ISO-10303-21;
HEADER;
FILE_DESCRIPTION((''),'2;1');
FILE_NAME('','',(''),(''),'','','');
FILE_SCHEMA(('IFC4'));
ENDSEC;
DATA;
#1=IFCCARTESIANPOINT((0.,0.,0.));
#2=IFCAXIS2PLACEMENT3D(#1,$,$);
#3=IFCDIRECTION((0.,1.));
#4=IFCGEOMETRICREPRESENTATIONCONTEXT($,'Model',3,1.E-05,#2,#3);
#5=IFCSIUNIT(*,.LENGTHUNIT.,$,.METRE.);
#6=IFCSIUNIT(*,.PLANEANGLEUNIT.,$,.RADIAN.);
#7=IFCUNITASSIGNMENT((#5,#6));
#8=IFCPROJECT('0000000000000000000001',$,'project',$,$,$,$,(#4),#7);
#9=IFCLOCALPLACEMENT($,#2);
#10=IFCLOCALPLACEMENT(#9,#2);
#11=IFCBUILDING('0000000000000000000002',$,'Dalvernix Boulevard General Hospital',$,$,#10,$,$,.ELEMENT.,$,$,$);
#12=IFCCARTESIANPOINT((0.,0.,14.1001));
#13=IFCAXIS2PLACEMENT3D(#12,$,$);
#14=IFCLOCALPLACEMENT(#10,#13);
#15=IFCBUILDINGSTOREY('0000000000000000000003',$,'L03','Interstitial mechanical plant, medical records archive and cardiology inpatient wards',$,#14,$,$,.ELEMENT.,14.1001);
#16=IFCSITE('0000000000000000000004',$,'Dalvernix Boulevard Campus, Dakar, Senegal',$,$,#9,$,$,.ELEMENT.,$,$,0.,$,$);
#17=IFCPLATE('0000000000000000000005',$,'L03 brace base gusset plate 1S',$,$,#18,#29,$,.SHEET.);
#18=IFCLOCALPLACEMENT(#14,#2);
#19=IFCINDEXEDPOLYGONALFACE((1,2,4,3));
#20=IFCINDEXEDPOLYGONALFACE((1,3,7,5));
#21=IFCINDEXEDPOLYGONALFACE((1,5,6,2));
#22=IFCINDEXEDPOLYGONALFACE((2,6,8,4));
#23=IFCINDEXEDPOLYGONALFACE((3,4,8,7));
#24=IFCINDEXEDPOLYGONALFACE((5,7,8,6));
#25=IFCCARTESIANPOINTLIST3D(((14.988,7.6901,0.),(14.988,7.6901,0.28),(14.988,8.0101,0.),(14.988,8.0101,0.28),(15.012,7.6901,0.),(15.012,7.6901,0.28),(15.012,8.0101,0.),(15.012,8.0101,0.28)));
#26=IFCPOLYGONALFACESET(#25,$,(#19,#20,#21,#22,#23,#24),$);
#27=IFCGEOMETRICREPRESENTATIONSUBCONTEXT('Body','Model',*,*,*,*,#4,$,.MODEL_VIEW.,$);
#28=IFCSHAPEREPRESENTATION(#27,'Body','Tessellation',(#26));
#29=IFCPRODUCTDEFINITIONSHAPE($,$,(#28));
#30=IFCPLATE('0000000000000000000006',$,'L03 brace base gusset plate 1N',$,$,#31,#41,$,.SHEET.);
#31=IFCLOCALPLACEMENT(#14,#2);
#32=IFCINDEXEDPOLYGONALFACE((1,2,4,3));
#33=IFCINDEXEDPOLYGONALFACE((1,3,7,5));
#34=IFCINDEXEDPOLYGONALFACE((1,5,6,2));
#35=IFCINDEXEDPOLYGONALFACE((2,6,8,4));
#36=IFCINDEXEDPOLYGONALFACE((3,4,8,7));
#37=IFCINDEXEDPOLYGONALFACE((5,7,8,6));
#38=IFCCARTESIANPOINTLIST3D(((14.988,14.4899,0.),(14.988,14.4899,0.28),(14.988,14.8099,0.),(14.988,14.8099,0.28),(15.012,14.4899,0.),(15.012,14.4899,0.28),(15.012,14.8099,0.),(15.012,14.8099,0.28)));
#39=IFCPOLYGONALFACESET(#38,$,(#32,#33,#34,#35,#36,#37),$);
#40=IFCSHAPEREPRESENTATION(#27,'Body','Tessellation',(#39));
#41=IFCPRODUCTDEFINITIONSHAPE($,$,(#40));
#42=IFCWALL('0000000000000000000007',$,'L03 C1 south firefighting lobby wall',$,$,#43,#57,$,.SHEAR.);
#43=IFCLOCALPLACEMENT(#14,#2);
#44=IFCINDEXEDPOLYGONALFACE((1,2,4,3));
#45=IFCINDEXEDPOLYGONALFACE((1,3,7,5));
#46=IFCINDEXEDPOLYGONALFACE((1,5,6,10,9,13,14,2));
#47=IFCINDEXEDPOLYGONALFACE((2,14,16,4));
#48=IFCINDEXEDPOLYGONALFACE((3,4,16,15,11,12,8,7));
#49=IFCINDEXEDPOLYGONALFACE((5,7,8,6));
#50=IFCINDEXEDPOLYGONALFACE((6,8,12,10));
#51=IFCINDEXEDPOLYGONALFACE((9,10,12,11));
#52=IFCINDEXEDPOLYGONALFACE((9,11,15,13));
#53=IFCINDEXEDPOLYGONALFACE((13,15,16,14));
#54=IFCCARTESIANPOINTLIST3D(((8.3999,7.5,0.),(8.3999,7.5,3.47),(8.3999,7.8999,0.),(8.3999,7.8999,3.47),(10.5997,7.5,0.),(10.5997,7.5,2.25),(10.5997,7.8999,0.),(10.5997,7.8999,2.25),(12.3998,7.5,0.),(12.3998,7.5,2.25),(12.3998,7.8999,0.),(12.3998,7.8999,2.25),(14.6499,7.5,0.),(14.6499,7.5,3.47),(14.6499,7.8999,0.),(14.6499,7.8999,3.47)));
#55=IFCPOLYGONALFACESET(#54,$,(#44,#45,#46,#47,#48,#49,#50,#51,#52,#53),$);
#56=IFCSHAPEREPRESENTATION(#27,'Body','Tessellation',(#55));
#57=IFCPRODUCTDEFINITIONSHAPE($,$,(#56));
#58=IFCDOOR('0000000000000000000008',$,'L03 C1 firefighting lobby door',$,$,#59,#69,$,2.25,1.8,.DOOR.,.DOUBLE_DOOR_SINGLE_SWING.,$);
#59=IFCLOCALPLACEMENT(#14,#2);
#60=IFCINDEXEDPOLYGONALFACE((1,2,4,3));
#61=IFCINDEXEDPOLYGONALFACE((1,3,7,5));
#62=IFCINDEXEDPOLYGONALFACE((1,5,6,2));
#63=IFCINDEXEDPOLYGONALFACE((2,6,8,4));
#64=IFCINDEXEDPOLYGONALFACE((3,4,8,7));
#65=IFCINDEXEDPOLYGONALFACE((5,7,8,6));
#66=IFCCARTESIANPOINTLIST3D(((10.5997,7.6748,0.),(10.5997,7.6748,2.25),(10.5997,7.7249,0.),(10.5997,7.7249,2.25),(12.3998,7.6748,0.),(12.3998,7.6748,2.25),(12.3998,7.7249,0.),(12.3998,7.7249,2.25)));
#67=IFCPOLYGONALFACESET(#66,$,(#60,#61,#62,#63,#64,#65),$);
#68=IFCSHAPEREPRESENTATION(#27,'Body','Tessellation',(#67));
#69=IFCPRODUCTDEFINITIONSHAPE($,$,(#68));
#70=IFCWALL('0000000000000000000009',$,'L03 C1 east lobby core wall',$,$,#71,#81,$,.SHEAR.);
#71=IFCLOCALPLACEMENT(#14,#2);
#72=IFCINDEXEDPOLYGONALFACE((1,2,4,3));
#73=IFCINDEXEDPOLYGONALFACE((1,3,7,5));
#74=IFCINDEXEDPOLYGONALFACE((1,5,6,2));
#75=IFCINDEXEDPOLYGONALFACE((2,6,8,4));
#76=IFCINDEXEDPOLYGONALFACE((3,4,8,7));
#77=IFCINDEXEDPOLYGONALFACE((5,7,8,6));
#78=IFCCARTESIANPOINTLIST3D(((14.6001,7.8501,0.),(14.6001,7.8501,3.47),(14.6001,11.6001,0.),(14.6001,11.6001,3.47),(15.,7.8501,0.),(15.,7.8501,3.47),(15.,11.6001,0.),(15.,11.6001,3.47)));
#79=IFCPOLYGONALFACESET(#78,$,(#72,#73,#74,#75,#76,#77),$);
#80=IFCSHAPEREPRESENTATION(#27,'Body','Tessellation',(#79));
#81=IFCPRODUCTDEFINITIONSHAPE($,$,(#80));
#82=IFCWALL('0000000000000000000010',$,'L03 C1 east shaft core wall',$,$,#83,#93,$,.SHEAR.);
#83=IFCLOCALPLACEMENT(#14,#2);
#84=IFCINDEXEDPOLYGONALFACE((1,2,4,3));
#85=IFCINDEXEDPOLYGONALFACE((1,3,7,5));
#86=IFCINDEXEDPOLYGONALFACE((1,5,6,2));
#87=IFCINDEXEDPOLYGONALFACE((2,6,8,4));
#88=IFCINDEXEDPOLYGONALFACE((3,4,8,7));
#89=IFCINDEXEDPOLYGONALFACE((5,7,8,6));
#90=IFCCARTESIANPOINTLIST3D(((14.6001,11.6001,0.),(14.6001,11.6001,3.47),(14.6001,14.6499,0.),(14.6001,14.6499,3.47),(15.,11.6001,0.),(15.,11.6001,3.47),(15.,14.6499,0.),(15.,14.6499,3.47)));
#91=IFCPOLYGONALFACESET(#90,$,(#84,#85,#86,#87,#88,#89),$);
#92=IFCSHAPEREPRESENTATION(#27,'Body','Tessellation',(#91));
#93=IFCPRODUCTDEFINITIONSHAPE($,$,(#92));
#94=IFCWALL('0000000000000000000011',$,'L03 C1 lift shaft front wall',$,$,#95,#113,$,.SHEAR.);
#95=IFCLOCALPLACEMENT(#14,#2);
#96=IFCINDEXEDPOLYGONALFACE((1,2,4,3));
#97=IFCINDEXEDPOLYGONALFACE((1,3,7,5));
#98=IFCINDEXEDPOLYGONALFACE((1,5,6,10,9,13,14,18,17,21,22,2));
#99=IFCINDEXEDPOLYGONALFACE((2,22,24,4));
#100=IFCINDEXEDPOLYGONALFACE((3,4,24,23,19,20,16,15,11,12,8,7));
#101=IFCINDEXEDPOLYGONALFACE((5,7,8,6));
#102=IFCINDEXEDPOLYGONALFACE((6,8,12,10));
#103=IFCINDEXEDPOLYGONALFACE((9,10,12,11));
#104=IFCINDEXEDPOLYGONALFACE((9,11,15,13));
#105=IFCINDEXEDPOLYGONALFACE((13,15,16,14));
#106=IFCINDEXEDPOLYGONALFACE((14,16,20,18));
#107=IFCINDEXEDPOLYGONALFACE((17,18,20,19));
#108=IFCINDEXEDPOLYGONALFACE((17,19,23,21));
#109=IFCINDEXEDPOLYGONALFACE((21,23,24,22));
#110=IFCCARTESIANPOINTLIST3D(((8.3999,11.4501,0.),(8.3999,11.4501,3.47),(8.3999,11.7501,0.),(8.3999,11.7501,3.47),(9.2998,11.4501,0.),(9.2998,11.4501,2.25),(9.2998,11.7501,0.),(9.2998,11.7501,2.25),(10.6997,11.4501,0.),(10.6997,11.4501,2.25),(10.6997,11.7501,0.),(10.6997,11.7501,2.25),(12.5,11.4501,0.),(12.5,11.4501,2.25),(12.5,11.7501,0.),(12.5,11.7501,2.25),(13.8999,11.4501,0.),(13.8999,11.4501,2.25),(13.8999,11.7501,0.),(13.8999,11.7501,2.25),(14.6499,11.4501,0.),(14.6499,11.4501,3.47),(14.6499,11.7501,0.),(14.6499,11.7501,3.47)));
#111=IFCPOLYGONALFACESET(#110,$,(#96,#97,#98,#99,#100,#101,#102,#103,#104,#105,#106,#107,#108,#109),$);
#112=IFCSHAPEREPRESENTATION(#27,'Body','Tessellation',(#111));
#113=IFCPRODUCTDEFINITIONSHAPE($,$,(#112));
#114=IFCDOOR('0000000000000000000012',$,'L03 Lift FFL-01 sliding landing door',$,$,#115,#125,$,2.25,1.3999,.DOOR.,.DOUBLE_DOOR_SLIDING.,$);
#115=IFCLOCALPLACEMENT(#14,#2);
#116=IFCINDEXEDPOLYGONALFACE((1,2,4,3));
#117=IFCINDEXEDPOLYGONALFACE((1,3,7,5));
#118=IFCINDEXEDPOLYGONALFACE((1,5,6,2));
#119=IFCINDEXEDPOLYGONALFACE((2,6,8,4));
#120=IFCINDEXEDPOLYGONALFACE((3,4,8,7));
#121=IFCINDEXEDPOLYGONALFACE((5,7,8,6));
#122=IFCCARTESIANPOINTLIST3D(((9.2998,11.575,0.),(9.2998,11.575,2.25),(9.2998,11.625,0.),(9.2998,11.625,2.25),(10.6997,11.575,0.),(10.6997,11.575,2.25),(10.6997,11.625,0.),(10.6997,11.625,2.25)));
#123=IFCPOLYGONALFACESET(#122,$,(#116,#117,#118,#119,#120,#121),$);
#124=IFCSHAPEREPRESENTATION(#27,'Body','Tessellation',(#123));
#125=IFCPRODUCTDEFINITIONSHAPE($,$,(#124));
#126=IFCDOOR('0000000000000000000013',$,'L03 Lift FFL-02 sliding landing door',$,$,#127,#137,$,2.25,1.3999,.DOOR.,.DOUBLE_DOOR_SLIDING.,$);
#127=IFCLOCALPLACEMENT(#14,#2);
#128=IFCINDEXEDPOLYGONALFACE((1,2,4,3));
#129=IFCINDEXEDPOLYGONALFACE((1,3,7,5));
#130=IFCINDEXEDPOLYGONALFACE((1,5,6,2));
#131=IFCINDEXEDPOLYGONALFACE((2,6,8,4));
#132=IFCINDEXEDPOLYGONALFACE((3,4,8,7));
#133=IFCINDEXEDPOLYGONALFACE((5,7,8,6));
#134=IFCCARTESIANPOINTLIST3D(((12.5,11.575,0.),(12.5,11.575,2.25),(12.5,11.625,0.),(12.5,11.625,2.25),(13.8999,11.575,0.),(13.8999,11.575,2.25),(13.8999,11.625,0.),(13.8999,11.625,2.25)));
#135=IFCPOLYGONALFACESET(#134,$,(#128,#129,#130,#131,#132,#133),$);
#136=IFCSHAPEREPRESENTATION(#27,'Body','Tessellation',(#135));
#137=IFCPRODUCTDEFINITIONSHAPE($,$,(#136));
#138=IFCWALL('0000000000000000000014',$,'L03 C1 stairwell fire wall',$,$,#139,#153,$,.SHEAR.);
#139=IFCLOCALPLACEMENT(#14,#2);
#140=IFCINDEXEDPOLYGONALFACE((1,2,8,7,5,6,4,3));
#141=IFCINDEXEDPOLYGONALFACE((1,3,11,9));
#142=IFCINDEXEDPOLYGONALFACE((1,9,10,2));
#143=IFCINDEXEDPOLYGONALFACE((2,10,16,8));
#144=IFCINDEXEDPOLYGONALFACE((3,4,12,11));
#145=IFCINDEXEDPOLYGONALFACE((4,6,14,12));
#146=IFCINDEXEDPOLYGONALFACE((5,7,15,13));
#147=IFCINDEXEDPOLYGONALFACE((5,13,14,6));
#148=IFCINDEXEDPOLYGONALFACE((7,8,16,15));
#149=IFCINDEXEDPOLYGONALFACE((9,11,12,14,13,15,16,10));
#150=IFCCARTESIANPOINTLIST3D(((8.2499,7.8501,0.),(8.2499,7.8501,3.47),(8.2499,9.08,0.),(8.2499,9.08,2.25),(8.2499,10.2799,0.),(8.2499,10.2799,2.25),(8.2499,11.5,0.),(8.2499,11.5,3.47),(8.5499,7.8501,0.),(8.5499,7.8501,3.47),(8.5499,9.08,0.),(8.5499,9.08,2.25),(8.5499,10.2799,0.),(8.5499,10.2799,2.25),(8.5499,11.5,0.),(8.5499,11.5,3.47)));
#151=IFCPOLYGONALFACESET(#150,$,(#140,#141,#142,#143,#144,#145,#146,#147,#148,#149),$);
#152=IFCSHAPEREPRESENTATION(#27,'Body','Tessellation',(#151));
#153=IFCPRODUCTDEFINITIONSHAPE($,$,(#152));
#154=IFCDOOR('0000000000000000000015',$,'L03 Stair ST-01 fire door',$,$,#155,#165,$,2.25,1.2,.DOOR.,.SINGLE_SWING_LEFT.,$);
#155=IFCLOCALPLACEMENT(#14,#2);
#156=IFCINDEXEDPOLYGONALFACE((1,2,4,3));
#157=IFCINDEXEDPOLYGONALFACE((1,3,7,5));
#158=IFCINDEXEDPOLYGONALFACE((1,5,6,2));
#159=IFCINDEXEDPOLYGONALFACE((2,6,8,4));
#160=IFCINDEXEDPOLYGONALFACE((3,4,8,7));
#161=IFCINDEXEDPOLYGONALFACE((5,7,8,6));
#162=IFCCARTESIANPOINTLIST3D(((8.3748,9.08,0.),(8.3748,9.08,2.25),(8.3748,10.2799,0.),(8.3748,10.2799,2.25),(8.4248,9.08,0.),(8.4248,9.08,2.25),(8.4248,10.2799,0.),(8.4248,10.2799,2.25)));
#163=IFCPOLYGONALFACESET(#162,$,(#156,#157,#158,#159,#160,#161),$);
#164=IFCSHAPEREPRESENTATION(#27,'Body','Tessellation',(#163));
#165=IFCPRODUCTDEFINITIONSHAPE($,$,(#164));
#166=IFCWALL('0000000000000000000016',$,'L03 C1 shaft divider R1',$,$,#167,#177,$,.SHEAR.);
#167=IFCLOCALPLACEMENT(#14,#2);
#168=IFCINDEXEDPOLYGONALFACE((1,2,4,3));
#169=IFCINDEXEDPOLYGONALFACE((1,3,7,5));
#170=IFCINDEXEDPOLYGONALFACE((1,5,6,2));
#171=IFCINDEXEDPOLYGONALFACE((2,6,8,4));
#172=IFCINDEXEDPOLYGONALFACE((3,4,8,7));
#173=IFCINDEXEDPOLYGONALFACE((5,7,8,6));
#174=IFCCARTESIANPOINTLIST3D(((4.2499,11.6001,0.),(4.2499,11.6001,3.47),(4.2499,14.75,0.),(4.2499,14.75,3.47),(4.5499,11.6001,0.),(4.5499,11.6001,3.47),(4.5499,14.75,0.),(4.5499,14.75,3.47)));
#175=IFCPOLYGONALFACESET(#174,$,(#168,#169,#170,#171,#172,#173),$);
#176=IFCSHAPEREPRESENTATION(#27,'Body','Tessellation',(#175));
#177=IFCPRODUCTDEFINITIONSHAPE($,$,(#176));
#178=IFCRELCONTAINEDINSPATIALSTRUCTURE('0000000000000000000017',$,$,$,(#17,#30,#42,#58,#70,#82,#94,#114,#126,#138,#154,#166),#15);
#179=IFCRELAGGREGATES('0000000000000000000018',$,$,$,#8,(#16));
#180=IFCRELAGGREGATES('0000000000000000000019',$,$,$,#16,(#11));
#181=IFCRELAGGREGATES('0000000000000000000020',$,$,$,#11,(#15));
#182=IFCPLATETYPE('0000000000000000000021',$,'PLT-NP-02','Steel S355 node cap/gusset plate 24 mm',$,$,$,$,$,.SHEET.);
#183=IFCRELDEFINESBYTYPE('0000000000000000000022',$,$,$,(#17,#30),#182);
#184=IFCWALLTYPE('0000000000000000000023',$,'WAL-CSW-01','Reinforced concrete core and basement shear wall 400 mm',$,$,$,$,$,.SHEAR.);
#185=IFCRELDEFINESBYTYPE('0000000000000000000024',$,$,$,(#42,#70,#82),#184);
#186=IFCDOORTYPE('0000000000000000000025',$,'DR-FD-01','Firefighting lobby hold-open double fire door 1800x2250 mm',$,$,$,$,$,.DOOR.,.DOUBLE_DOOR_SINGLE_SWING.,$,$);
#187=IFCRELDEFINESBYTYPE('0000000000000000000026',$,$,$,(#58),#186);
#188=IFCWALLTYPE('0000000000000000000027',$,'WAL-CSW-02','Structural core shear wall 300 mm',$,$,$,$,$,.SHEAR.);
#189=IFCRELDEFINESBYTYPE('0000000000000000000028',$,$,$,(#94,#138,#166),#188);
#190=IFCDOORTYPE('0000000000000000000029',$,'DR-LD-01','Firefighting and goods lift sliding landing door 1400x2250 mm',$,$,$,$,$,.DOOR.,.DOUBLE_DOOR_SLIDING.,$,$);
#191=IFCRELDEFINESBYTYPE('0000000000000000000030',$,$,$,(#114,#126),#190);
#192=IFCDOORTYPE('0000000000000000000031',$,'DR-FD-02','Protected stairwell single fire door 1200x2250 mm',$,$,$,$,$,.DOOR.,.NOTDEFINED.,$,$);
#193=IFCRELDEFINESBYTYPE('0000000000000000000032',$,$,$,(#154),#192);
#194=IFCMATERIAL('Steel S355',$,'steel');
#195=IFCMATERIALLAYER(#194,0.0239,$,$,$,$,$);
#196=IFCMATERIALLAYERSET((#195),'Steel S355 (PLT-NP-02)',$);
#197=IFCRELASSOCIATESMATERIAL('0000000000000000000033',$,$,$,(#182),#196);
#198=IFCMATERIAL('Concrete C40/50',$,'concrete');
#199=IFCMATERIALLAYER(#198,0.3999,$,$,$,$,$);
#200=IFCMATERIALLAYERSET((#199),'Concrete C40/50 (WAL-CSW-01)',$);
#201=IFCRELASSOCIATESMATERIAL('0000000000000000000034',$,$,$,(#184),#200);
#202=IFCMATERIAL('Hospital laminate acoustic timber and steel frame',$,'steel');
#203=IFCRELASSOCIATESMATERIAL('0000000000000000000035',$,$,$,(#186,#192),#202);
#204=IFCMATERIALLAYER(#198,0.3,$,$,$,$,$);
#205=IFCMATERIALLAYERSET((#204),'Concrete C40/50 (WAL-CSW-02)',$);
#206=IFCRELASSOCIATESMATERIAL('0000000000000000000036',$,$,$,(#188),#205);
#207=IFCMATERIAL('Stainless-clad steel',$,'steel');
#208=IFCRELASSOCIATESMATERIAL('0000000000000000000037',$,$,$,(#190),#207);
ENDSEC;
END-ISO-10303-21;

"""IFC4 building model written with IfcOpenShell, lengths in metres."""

from ifc_helpers import new_model, si_unit, direction, frame, frame_2d, origin, origin_2d, place, context, subcontext, project, spatial, rectangle, extrude, material, layer, layer_set, type_object, element, fill, save


model = new_model("IFC4")

# Units and contexts
model_context = context("Model", 3, precision=1e-05, world=origin(), true_north=direction((0.0, 1.0)))
body_context = subcontext(model_context, "Body", "Model", "MODEL_VIEW")
ifc_project = project(units=[si_unit("LENGTHUNIT", "METRE"), si_unit("PLANEANGLEUNIT", "RADIAN")], contexts=[model_context])

# Site, building, storey
site_placement = place(None, origin())
site = spatial("IfcSite", under=ifc_project, at=site_placement, Name="Dalvernix Boulevard Campus, Dakar, Senegal", CompositionType="ELEMENT", RefElevation=0.0)
building_placement = place(site_placement, origin())
building = spatial("IfcBuilding", under=site, at=building_placement, Name="Dalvernix Boulevard General Hospital", CompositionType="ELEMENT")
storey_placement = place(building_placement, frame((0.0, 0.0, 14.1001)))
storey = spatial("IfcBuildingStorey", under=building, at=storey_placement, Name="L03", Description="Interstitial mechanical plant, medical records archive and cardiology inpatient wards", CompositionType="ELEMENT", Elevation=14.1001)

# Shared definitions
ifc_material_1 = material(Name="Concrete C40/50", Category="concrete")

# Shared definitions
ifc_material_2 = material(Name="Steel S355", Category="steel")

# Plates
ifc_layer_1 = layer(ifc_material_2, 0.0239)
ifc_layer_set_1 = layer_set([ifc_layer_1], Name="Steel S355 (PLT-NP-02)")
plate_type = type_object("IfcPlateType", Name="PLT-NP-02", Description="Steel S355 node cap/gusset plate 24 mm", PredefinedType="SHEET", material=ifc_layer_set_1)
for number, where, z_axis, x_axis, name in (
    (1, (15.0, 7.8501, 0.0), (0.0, 0.0, 1.0), (0.0, 1.0, 0.0), "L03 brace base gusset plate 1S"),
    (2, (15.0, 14.6499, 0.0), (0.0, 0.0, 1.0), (0.0, 1.0, 0.0), "L03 brace base gusset plate 1N"),
):
    element("IfcPlate", number, at=place(storey_placement, frame(where, z_axis=z_axis, x_axis=x_axis)), inside=storey, type_object=plate_type, Name=name, PredefinedType="SHEET", context=body_context, shape_type="SweptSolid", body=[
        extrude(rectangle(XDim=0.3201, YDim=0.0239, at=origin_2d()), origin(), (0.0, 0.0, 1.0), 0.28),
    ])

# Wall, opening, door
ifc_layer_2 = layer(ifc_material_1, 0.3999)
ifc_layer_set_2 = layer_set([ifc_layer_2], Name="Concrete C40/50 (WAL-CSW-01)")
wall_type_1 = type_object("IfcWallType", Name="WAL-CSW-01", Description="Reinforced concrete core and basement shear wall 400 mm", PredefinedType="SHEAR", material=ifc_layer_set_2)
wall_1_placement = place(storey_placement, frame((8.3999, 7.7, 0.0), z_axis=(0.0, 0.0, 1.0), x_axis=(1.0, 0.0, 0.0)))
wall_1 = element("IfcWall", 3, at=wall_1_placement, inside=storey, type_object=wall_type_1, Name="L03 C1 south firefighting lobby wall", PredefinedType="SHEAR", context=body_context, shape_type="SweptSolid", body=[
    extrude(rectangle(XDim=6.25, YDim=0.3999, at=frame_2d((3.125, 0.0))), origin(), (0.0, 0.0, 1.0), 3.47),
])
opening_1_placement = place(wall_1_placement, frame((2.2, 0.0, 0.0)))
opening_1 = element("IfcOpeningElement", 4, at=opening_1_placement, cuts=wall_1, PredefinedType="OPENING", context=body_context, shape_type="SweptSolid", body=[
    extrude(rectangle(XDim=1.8, YDim=2.25, at=frame_2d((0.8999, 1.125))), frame((0.0, 0.21, 0.0), z_axis=(0.0, -1.0, 0.0), x_axis=(1.0, 0.0, 0.0)), (0.0, 0.0, 1.0), 0.4199),
])
ifc_material_3 = material(Name="Hospital laminate acoustic timber and steel frame", Category="steel")
door_type_1 = type_object("IfcDoorType", Name="DR-FD-01", Description="Firefighting lobby hold-open double fire door 1800x2250 mm", OperationType="DOUBLE_DOOR_SINGLE_SWING", PredefinedType="DOOR", material=ifc_material_3)
door_1_placement = place(opening_1_placement, origin())
door_1 = element("IfcDoor", 5, at=door_1_placement, inside=storey, type_object=door_type_1, Name="L03 C1 firefighting lobby door", OperationType="DOUBLE_DOOR_SINGLE_SWING", OverallHeight=2.25, OverallWidth=1.8, PredefinedType="DOOR", context=body_context, shape_type="SweptSolid", body=[
    extrude(rectangle(XDim=1.8, YDim=2.25, at=frame_2d((0.8999, 1.125))), frame((0.0, 0.0249, 0.0), z_axis=(0.0, -1.0, 0.0), x_axis=(1.0, 0.0, 0.0)), (0.0, 0.0, 1.0), 0.05),
])
fill(opening_1, door_1)

# Walls
wall_2_placement = place(storey_placement, frame((14.8, 7.8501, 0.0), z_axis=(0.0, 0.0, 1.0), x_axis=(0.0, 1.0, 0.0)))
element("IfcWall", 6, at=wall_2_placement, inside=storey, type_object=wall_type_1, Name="L03 C1 east lobby core wall", PredefinedType="SHEAR", context=body_context, shape_type="SweptSolid", body=[
    extrude(rectangle(XDim=3.75, YDim=0.3999, at=frame_2d((1.875, 0.0))), origin(), (0.0, 0.0, 1.0), 3.47),
])
wall_3_placement = place(storey_placement, frame((14.8, 11.6001, 0.0), z_axis=(0.0, 0.0, 1.0), x_axis=(0.0, 1.0, 0.0)))
element("IfcWall", 7, at=wall_3_placement, inside=storey, type_object=wall_type_1, Name="L03 C1 east shaft core wall", PredefinedType="SHEAR", context=body_context, shape_type="SweptSolid", body=[
    extrude(rectangle(XDim=3.0498, YDim=0.3999, at=frame_2d((1.5249, 0.0))), origin(), (0.0, 0.0, 1.0), 3.47),
])

# Wall, openings, doors
ifc_layer_3 = layer(ifc_material_1, 0.3)
ifc_layer_set_3 = layer_set([ifc_layer_3], Name="Concrete C40/50 (WAL-CSW-02)")
wall_type_2 = type_object("IfcWallType", Name="WAL-CSW-02", Description="Structural core shear wall 300 mm", PredefinedType="SHEAR", material=ifc_layer_set_3)
wall_4_placement = place(storey_placement, frame((8.3999, 11.6001, 0.0), z_axis=(0.0, 0.0, 1.0), x_axis=(1.0, 0.0, 0.0)))
wall_4 = element("IfcWall", 8, at=wall_4_placement, inside=storey, type_object=wall_type_2, Name="L03 C1 lift shaft front wall", PredefinedType="SHEAR", context=body_context, shape_type="SweptSolid", body=[
    extrude(rectangle(XDim=6.25, YDim=0.3, at=frame_2d((3.125, 0.0))), origin(), (0.0, 0.0, 1.0), 3.47),
])
opening_2_placement = place(wall_4_placement, frame((0.8999, 0.0, 0.0)))
opening_2 = element("IfcOpeningElement", 9, at=opening_2_placement, cuts=wall_4, PredefinedType="OPENING", context=body_context, shape_type="SweptSolid", body=[
    extrude(rectangle(XDim=1.3999, YDim=2.25, at=frame_2d((0.7, 1.125))), frame((0.0, 0.1599, 0.0), z_axis=(0.0, -1.0, 0.0), x_axis=(1.0, 0.0, 0.0)), (0.0, 0.0, 1.0), 0.3201),
])
opening_3_placement = place(wall_4_placement, frame((4.1001, 0.0, 0.0)))
opening_3 = element("IfcOpeningElement", 10, at=opening_3_placement, cuts=wall_4, PredefinedType="OPENING", context=body_context, shape_type="SweptSolid", body=[
    extrude(rectangle(XDim=1.3999, YDim=2.25, at=frame_2d((0.7, 1.125))), frame((0.0, 0.1599, 0.0), z_axis=(0.0, -1.0, 0.0), x_axis=(1.0, 0.0, 0.0)), (0.0, 0.0, 1.0), 0.3201),
])
ifc_material_4 = material(Name="Stainless-clad steel", Category="steel")
door_type_2 = type_object("IfcDoorType", Name="DR-LD-01", Description="Firefighting and goods lift sliding landing door 1400x2250 mm", OperationType="DOUBLE_DOOR_SLIDING", PredefinedType="DOOR", material=ifc_material_4)
door_2_placement = place(opening_2_placement, origin())
door_2 = element("IfcDoor", 11, at=door_2_placement, inside=storey, type_object=door_type_2, Name="L03 Lift FFL-01 sliding landing door", OperationType="DOUBLE_DOOR_SLIDING", OverallHeight=2.25, OverallWidth=1.3999, PredefinedType="DOOR", context=body_context, shape_type="SweptSolid", body=[
    extrude(rectangle(XDim=1.3999, YDim=2.25, at=frame_2d((0.7, 1.125))), frame((0.0, 0.0249, 0.0), z_axis=(0.0, -1.0, 0.0), x_axis=(1.0, 0.0, 0.0)), (0.0, 0.0, 1.0), 0.05),
])
fill(opening_2, door_2)
door_3_placement = place(opening_3_placement, origin())
door_3 = element("IfcDoor", 12, at=door_3_placement, inside=storey, type_object=door_type_2, Name="L03 Lift FFL-02 sliding landing door", OperationType="DOUBLE_DOOR_SLIDING", OverallHeight=2.25, OverallWidth=1.3999, PredefinedType="DOOR", context=body_context, shape_type="SweptSolid", body=[
    extrude(rectangle(XDim=1.3999, YDim=2.25, at=frame_2d((0.7, 1.125))), frame((0.0, 0.0249, 0.0), z_axis=(0.0, -1.0, 0.0), x_axis=(1.0, 0.0, 0.0)), (0.0, 0.0, 1.0), 0.05),
])
fill(opening_3, door_3)

# Wall, opening, door
wall_5_placement = place(storey_placement, frame((8.3999, 11.5, 0.0), z_axis=(0.0, 0.0, 1.0), x_axis=(0.0, -1.0, 0.0)))
wall_5 = element("IfcWall", 13, at=wall_5_placement, inside=storey, type_object=wall_type_2, Name="L03 C1 stairwell fire wall", PredefinedType="SHEAR", context=body_context, shape_type="SweptSolid", body=[
    extrude(rectangle(XDim=3.6499, YDim=0.3, at=frame_2d((1.825, 0.0))), origin(), (0.0, 0.0, 1.0), 3.47),
])
opening_4_placement = place(wall_5_placement, frame((1.22, 0.0, 0.0)))
opening_4 = element("IfcOpeningElement", 14, at=opening_4_placement, cuts=wall_5, PredefinedType="OPENING", context=body_context, shape_type="SweptSolid", body=[
    extrude(rectangle(XDim=1.2, YDim=2.25, at=frame_2d((0.6001, 1.125))), frame((0.0, 0.1599, 0.0), z_axis=(0.0, -1.0, 0.0), x_axis=(1.0, 0.0, 0.0)), (0.0, 0.0, 1.0), 0.3201),
])
door_type_3 = type_object("IfcDoorType", Name="DR-FD-02", Description="Protected stairwell single fire door 1200x2250 mm", OperationType="NOTDEFINED", PredefinedType="DOOR", material=ifc_material_3)
door_4_placement = place(opening_4_placement, origin())
door_4 = element("IfcDoor", 15, at=door_4_placement, inside=storey, type_object=door_type_3, Name="L03 Stair ST-01 fire door", OperationType="SINGLE_SWING_LEFT", OverallHeight=2.25, OverallWidth=1.2, PredefinedType="DOOR", context=body_context, shape_type="SweptSolid", body=[
    extrude(rectangle(XDim=1.2, YDim=2.25, at=frame_2d((0.6001, 1.125))), frame((0.0, 0.0249, 0.0), z_axis=(0.0, -1.0, 0.0), x_axis=(1.0, 0.0, 0.0)), (0.0, 0.0, 1.0), 0.05),
])
fill(opening_4, door_4)

# Wall
for number, where, z_axis, x_axis, name in (
    (16, (4.3999, 11.6001, 0.0), (0.0, 0.0, 1.0), (0.0, 1.0, 0.0), "L03 C1 shaft divider R1"),
):
    element("IfcWall", number, at=place(storey_placement, frame(where, z_axis=z_axis, x_axis=x_axis)), inside=storey, type_object=wall_type_2, Name=name, PredefinedType="SHEAR", context=body_context, shape_type="SweptSolid", body=[
        extrude(rectangle(XDim=3.1499, YDim=0.3, at=frame_2d((1.575, 0.0))), origin(), (0.0, 0.0, 1.0), 3.47),
    ])

save(model, "model.ifc")
